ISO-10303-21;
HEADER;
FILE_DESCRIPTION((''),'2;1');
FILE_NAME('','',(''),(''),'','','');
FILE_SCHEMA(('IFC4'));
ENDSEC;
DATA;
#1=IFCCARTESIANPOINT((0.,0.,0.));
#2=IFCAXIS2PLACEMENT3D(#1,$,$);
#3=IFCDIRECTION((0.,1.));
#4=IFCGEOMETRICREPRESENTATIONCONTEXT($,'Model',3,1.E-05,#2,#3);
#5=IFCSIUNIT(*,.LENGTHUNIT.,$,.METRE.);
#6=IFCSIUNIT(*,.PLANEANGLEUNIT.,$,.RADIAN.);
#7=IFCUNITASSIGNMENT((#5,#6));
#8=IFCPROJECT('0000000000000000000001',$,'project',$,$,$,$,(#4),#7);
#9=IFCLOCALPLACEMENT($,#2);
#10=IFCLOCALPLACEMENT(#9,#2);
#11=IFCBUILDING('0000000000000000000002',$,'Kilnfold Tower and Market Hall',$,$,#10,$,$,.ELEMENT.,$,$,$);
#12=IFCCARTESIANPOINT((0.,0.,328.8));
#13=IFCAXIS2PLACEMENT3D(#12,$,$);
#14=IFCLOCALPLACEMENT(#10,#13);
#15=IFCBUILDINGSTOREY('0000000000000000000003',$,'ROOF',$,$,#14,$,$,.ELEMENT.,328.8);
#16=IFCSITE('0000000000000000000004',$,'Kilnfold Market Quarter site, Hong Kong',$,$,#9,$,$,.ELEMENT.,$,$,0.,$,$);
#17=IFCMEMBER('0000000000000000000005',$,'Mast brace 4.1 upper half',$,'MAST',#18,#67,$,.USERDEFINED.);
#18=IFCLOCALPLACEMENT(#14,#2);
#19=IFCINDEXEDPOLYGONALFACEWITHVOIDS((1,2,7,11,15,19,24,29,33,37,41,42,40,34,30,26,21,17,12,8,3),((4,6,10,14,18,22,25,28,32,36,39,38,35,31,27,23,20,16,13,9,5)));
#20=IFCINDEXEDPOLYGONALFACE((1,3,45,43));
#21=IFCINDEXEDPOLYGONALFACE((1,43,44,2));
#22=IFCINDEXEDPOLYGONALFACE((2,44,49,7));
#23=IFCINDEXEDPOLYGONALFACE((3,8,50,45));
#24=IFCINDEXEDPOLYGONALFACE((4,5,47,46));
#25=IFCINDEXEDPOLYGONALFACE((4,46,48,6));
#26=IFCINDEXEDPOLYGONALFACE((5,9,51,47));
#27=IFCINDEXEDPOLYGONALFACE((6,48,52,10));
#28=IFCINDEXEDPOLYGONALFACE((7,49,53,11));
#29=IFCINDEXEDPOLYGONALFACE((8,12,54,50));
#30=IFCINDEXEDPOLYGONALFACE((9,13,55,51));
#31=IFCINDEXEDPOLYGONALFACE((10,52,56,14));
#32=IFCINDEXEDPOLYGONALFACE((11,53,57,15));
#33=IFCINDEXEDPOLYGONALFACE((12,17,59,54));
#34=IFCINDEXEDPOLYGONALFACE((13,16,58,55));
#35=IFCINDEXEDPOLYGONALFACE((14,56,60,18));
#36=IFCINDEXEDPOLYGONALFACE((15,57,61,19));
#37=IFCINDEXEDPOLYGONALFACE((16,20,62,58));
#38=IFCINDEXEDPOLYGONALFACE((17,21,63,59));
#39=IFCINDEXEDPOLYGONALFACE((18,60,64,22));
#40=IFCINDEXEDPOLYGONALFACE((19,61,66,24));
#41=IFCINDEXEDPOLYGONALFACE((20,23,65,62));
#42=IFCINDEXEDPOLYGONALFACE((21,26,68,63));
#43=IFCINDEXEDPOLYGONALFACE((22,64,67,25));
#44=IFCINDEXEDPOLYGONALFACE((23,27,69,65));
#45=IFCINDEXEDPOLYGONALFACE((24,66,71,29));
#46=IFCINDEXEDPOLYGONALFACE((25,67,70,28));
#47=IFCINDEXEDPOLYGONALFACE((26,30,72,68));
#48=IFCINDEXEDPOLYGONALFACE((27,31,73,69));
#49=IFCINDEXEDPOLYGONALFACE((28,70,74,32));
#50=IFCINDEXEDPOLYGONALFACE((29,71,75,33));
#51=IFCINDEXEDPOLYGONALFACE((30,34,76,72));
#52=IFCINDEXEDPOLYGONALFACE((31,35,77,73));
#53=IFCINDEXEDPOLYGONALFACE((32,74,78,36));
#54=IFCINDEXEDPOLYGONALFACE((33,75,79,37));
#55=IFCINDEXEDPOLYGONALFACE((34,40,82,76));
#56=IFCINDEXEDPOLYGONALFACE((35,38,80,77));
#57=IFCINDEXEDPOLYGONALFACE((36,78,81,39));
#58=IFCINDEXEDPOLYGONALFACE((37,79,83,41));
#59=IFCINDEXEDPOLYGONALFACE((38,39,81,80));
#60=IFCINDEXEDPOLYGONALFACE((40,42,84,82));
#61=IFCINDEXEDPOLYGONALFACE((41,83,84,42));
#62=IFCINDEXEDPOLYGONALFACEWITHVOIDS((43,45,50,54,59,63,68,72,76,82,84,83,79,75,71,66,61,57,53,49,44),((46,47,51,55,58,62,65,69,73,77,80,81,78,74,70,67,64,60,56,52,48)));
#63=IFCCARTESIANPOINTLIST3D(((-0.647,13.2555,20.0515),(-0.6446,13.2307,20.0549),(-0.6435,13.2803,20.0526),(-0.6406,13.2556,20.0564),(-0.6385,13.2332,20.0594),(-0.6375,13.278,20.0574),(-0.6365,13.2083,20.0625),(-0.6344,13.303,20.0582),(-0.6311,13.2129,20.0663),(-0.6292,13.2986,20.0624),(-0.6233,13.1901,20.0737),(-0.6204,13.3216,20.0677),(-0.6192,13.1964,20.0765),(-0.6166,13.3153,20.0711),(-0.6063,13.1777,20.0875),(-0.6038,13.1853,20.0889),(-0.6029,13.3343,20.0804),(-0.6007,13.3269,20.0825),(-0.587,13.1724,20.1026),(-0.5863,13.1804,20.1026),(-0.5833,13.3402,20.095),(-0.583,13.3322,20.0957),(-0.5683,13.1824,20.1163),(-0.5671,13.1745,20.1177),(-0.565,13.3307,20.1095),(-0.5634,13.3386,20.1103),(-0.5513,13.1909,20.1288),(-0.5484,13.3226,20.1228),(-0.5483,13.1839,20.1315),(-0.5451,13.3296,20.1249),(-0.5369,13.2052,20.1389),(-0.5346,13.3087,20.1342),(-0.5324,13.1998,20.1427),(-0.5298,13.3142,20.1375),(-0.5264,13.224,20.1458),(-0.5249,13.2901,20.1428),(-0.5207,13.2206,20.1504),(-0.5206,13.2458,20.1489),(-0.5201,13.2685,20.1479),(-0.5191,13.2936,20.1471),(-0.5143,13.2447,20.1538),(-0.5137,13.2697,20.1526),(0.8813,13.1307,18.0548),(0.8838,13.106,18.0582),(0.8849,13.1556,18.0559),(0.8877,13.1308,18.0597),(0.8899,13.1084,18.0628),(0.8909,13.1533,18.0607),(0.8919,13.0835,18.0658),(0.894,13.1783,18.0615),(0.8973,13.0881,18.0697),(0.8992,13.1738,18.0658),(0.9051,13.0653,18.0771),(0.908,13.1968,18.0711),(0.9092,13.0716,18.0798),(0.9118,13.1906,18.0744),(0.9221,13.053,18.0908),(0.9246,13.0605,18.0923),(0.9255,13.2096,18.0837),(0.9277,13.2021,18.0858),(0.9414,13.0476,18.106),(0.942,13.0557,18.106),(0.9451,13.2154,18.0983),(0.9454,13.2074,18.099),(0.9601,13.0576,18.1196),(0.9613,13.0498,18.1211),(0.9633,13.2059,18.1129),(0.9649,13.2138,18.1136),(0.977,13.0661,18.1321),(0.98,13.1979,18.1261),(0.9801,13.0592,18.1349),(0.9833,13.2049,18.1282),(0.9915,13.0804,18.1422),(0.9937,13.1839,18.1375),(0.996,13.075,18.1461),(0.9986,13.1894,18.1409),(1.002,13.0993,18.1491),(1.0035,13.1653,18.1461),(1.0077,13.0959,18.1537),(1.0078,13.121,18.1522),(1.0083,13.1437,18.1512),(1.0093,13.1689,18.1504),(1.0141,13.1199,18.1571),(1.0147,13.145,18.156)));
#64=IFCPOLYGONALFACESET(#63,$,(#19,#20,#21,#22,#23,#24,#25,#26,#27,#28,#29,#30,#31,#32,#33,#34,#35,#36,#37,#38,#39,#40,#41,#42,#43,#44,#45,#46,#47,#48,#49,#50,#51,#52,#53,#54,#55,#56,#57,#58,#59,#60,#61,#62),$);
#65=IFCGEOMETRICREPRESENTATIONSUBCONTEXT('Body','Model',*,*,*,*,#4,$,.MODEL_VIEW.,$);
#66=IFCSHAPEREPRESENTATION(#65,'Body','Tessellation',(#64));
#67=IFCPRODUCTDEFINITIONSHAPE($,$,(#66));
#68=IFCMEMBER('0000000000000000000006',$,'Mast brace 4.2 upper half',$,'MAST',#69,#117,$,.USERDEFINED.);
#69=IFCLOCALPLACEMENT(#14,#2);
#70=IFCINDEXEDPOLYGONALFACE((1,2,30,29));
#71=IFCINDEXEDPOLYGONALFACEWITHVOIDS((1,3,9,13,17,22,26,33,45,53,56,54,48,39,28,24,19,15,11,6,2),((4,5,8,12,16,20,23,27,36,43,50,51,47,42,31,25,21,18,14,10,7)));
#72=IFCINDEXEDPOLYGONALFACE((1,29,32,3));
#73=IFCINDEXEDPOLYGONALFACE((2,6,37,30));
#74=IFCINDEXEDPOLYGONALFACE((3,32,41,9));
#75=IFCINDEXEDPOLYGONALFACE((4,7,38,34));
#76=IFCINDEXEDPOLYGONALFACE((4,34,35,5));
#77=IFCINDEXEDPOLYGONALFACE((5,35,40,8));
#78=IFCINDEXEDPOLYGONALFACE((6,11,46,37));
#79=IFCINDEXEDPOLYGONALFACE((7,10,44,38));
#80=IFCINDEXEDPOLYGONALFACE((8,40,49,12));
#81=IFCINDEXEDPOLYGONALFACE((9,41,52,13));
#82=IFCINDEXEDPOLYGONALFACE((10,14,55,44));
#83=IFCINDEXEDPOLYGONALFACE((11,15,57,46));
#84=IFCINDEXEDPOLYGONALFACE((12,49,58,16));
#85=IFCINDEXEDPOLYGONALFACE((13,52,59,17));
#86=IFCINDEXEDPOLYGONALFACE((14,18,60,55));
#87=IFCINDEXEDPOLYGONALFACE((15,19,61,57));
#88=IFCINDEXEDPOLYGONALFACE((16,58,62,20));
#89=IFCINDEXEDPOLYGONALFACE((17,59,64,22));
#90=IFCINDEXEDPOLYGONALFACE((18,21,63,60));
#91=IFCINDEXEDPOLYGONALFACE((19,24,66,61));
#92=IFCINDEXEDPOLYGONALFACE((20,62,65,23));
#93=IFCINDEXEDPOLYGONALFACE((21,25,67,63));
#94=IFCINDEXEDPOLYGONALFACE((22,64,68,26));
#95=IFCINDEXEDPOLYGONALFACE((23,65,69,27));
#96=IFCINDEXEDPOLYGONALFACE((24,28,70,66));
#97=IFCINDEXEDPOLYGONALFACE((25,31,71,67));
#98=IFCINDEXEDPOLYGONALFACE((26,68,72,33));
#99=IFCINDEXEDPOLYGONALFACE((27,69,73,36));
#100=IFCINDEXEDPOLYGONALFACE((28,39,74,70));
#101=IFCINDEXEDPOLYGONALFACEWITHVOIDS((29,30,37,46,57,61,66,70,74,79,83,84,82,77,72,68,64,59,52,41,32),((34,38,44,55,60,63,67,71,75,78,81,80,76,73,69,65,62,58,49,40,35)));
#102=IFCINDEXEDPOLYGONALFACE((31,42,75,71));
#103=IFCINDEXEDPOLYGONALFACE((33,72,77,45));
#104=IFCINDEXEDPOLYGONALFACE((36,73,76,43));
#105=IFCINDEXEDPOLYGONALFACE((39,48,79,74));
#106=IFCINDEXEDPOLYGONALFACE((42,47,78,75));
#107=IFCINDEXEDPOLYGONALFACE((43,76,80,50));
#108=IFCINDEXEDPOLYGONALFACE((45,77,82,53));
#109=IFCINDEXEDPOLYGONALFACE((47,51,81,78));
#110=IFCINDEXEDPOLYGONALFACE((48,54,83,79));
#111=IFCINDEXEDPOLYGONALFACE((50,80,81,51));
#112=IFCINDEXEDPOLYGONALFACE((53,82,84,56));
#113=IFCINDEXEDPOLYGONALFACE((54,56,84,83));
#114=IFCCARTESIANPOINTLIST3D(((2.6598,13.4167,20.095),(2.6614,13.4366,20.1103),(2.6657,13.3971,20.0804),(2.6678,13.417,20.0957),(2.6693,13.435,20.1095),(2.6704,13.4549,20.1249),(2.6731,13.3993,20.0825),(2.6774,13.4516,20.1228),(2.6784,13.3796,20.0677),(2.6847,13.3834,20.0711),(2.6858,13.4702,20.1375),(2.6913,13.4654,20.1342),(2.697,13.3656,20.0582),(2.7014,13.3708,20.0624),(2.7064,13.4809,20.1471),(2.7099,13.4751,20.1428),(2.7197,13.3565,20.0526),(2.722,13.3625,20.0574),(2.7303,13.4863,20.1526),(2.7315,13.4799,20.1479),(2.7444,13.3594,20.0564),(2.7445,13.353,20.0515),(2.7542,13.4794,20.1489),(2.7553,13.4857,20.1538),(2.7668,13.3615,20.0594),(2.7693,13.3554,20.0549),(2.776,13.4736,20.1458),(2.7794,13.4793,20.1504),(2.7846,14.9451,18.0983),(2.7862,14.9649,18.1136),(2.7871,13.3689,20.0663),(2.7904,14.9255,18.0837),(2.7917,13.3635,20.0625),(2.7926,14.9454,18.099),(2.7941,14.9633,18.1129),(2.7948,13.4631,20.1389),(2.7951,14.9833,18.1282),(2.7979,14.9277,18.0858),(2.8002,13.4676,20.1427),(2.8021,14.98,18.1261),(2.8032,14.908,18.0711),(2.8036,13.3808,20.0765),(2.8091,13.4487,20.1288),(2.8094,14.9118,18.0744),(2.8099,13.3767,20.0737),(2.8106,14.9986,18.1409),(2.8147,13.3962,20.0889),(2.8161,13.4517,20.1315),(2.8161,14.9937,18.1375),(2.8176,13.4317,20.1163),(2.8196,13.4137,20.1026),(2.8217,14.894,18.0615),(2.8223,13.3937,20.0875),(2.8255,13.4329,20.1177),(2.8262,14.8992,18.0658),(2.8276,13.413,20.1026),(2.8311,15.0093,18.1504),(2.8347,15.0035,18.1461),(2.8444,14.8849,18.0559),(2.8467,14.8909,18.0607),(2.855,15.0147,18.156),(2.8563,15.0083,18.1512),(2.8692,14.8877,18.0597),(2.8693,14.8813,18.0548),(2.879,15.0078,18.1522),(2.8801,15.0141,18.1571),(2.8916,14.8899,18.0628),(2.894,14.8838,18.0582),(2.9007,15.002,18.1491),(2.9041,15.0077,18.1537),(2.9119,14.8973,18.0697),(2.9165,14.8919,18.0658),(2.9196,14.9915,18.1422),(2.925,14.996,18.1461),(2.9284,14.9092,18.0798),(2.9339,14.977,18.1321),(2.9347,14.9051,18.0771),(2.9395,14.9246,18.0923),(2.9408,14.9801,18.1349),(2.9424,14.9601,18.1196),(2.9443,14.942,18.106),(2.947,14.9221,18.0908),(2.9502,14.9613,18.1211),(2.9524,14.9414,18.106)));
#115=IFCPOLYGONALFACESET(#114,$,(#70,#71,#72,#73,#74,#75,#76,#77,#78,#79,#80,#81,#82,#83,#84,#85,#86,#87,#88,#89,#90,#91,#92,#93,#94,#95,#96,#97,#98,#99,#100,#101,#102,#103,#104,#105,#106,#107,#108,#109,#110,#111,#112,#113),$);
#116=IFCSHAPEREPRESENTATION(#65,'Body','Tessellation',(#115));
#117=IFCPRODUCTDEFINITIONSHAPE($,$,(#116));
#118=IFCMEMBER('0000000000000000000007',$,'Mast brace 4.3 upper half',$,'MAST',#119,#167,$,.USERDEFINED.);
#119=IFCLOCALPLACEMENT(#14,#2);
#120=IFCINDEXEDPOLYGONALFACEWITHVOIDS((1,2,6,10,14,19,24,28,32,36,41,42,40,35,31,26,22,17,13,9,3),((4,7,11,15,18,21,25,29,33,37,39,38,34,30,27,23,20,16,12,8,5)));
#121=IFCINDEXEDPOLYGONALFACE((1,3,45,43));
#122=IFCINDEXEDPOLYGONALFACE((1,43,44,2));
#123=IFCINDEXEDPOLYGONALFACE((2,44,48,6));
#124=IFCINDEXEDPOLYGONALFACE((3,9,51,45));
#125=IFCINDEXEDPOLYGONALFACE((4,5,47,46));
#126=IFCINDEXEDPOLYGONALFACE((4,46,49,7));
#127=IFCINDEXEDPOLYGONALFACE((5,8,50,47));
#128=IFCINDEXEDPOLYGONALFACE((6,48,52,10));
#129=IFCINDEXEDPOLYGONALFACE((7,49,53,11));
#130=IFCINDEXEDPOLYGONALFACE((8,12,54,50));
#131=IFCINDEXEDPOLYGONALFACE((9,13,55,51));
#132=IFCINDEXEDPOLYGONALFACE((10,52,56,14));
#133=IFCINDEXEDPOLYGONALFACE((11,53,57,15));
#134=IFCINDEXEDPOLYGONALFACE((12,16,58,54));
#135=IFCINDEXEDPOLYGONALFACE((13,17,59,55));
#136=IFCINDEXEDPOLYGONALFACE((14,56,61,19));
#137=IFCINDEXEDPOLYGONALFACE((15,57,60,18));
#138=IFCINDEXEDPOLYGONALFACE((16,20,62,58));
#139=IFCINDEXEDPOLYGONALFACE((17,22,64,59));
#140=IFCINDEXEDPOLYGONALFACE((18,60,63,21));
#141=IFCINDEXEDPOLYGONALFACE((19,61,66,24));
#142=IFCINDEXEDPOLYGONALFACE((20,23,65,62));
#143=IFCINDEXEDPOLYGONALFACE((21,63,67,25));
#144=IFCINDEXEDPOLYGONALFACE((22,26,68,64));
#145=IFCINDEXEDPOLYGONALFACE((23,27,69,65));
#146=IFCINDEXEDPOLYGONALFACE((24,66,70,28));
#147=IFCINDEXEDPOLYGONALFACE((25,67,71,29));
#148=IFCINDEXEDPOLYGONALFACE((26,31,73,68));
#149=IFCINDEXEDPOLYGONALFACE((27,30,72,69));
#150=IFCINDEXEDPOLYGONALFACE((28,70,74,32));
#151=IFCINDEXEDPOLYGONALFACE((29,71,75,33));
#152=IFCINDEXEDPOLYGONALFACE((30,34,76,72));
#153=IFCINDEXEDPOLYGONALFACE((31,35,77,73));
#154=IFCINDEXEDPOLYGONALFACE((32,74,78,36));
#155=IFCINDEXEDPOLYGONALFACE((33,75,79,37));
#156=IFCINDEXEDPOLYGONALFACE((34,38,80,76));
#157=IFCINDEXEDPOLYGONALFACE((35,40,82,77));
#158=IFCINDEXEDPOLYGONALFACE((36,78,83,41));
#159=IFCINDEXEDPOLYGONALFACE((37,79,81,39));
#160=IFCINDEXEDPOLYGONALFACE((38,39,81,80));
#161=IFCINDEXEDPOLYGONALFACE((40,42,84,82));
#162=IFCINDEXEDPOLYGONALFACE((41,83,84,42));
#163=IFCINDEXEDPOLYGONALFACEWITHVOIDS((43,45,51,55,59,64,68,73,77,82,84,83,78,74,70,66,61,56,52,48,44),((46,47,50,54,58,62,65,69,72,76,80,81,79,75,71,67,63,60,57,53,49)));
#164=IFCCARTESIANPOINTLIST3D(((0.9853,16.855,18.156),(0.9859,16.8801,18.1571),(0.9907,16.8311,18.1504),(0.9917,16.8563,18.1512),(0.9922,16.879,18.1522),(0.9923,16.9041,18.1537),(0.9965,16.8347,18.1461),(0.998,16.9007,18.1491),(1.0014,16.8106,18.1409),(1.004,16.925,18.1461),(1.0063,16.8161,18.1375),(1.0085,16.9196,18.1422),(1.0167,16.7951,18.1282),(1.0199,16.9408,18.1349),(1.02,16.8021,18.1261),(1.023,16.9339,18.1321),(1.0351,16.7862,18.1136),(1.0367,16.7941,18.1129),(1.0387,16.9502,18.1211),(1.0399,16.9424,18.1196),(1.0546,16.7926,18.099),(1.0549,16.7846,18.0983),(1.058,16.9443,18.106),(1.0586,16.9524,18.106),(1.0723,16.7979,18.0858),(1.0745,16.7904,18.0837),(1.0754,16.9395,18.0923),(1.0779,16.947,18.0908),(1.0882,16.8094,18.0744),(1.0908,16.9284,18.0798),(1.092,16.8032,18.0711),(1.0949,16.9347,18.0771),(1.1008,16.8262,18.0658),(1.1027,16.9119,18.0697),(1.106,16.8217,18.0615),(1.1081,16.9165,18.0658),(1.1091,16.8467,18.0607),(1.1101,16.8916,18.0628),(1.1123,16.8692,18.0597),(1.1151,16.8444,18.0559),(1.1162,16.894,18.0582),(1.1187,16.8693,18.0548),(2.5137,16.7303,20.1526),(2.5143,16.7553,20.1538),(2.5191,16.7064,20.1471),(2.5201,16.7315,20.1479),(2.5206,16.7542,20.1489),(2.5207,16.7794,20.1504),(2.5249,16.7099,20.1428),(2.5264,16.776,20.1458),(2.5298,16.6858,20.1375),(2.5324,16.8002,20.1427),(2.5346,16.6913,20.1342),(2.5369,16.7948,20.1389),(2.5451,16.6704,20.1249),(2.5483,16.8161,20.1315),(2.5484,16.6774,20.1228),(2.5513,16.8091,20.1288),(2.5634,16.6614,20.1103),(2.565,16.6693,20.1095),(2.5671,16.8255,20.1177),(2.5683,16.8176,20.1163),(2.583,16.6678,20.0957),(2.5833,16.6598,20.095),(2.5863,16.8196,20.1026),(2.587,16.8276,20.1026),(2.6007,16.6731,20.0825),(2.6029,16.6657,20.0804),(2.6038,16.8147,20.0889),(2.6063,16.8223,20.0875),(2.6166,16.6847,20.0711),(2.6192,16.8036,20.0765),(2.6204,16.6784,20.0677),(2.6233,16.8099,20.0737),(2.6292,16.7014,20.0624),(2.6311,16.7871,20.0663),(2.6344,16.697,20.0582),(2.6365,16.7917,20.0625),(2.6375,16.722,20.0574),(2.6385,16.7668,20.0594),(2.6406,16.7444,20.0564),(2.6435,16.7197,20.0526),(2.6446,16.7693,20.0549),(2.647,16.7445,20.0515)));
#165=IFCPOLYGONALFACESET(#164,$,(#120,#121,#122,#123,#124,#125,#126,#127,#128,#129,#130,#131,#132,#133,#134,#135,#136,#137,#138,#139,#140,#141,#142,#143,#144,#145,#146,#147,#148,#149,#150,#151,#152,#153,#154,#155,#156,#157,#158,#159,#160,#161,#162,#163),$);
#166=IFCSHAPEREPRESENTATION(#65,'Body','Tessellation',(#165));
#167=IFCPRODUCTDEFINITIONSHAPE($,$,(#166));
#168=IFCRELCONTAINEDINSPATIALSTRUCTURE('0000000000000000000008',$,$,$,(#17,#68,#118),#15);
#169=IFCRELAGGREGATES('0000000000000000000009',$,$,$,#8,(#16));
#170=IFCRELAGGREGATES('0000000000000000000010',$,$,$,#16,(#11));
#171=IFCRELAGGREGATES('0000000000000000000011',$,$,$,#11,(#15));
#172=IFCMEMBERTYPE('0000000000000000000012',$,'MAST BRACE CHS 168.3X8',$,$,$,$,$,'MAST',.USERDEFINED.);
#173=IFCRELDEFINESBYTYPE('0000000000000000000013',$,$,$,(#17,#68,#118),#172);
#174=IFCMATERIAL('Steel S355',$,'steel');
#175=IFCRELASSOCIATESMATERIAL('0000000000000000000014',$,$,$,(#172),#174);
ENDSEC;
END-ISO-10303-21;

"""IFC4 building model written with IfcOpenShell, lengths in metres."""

from ifc_helpers import new_model, si_unit, direction, frame, origin, origin_2d, place, context, subcontext, project, spatial, hollow_circle, extrude, source, transform, mapped, material, material_profile, profile_set, type_object, element, save


model = new_model("IFC4")

# Units and contexts
model_context = context("Model", 3, precision=1e-05, world=origin(), true_north=direction((0.0, 1.0)))
body_context = subcontext(model_context, "Body", "Model", "MODEL_VIEW")
ifc_project = project(units=[si_unit("LENGTHUNIT", "METRE"), si_unit("PLANEANGLEUNIT", "RADIAN")], contexts=[model_context])

# Site, building, storey
site_placement = place(None, origin())
site = spatial("IfcSite", under=ifc_project, at=site_placement, Name="Kilnfold Market Quarter site, Hong Kong", CompositionType="ELEMENT", RefElevation=0.0)
building_placement = place(site_placement, origin())
building = spatial("IfcBuilding", under=site, at=building_placement, Name="Kilnfold Tower and Market Hall", CompositionType="ELEMENT")
storey_placement = place(building_placement, frame((0.0, 0.0, 328.8)))
storey = spatial("IfcBuildingStorey", under=building, at=storey_placement, Name="ROOF", CompositionType="ELEMENT", Elevation=328.8)

# Members
ifc_material_1 = material(Name="Steel S355", Category="steel")
ifc_material_profile_1 = material_profile(ifc_material_1, hollow_circle(Radius=0.0842, WallThickness=0.0081, at=origin_2d()), Name="CHS 168.3x8")
ifc_profile_set_1 = profile_set([ifc_material_profile_1], Name="Steel S355")
member_type_1 = type_object("IfcMemberType", Name="MAST BRACE CHS 168.3X8", ElementType="MAST", PredefinedType="USERDEFINED", material=ifc_profile_set_1)
shared_shape_1 = source(origin(), body_context, "Body", "SweptSolid", [
    extrude(hollow_circle(Radius=0.0842, WallThickness=0.0081, at=origin_2d()), origin(), (0.0, 0.0, 1.0), 2.5176),
])
for number, where, z_axis, x_axis, name in (
    (1, (0.9482, 13.1316, 18.106), (-0.607085, 0.049556, 0.79309), (-0.081359, -0.996685, 0.0), "Mast brace 4.1 upper half"),
    (2, (2.8684, 14.9482, 18.106), (-0.049556, -0.607085, 0.79309), (0.996685, -0.081359, 0.0), "Mast brace 4.2 upper half"),
    (3, (1.0518, 16.8684, 18.106), (0.607085, -0.049556, 0.79309), (0.081359, 0.996685, 0.0), "Mast brace 4.3 upper half"),
):
    element("IfcMember", number, at=place(storey_placement, frame(where, z_axis=z_axis, x_axis=x_axis)), inside=storey, type_object=member_type_1, Name=name, ObjectType="MAST", PredefinedType="USERDEFINED", context=body_context, shape_type="MappedRepresentation", body=[
        mapped(shared_shape_1, transform((0.0, 0.0, 0.0))),
    ])

save(model, "model.ifc")
